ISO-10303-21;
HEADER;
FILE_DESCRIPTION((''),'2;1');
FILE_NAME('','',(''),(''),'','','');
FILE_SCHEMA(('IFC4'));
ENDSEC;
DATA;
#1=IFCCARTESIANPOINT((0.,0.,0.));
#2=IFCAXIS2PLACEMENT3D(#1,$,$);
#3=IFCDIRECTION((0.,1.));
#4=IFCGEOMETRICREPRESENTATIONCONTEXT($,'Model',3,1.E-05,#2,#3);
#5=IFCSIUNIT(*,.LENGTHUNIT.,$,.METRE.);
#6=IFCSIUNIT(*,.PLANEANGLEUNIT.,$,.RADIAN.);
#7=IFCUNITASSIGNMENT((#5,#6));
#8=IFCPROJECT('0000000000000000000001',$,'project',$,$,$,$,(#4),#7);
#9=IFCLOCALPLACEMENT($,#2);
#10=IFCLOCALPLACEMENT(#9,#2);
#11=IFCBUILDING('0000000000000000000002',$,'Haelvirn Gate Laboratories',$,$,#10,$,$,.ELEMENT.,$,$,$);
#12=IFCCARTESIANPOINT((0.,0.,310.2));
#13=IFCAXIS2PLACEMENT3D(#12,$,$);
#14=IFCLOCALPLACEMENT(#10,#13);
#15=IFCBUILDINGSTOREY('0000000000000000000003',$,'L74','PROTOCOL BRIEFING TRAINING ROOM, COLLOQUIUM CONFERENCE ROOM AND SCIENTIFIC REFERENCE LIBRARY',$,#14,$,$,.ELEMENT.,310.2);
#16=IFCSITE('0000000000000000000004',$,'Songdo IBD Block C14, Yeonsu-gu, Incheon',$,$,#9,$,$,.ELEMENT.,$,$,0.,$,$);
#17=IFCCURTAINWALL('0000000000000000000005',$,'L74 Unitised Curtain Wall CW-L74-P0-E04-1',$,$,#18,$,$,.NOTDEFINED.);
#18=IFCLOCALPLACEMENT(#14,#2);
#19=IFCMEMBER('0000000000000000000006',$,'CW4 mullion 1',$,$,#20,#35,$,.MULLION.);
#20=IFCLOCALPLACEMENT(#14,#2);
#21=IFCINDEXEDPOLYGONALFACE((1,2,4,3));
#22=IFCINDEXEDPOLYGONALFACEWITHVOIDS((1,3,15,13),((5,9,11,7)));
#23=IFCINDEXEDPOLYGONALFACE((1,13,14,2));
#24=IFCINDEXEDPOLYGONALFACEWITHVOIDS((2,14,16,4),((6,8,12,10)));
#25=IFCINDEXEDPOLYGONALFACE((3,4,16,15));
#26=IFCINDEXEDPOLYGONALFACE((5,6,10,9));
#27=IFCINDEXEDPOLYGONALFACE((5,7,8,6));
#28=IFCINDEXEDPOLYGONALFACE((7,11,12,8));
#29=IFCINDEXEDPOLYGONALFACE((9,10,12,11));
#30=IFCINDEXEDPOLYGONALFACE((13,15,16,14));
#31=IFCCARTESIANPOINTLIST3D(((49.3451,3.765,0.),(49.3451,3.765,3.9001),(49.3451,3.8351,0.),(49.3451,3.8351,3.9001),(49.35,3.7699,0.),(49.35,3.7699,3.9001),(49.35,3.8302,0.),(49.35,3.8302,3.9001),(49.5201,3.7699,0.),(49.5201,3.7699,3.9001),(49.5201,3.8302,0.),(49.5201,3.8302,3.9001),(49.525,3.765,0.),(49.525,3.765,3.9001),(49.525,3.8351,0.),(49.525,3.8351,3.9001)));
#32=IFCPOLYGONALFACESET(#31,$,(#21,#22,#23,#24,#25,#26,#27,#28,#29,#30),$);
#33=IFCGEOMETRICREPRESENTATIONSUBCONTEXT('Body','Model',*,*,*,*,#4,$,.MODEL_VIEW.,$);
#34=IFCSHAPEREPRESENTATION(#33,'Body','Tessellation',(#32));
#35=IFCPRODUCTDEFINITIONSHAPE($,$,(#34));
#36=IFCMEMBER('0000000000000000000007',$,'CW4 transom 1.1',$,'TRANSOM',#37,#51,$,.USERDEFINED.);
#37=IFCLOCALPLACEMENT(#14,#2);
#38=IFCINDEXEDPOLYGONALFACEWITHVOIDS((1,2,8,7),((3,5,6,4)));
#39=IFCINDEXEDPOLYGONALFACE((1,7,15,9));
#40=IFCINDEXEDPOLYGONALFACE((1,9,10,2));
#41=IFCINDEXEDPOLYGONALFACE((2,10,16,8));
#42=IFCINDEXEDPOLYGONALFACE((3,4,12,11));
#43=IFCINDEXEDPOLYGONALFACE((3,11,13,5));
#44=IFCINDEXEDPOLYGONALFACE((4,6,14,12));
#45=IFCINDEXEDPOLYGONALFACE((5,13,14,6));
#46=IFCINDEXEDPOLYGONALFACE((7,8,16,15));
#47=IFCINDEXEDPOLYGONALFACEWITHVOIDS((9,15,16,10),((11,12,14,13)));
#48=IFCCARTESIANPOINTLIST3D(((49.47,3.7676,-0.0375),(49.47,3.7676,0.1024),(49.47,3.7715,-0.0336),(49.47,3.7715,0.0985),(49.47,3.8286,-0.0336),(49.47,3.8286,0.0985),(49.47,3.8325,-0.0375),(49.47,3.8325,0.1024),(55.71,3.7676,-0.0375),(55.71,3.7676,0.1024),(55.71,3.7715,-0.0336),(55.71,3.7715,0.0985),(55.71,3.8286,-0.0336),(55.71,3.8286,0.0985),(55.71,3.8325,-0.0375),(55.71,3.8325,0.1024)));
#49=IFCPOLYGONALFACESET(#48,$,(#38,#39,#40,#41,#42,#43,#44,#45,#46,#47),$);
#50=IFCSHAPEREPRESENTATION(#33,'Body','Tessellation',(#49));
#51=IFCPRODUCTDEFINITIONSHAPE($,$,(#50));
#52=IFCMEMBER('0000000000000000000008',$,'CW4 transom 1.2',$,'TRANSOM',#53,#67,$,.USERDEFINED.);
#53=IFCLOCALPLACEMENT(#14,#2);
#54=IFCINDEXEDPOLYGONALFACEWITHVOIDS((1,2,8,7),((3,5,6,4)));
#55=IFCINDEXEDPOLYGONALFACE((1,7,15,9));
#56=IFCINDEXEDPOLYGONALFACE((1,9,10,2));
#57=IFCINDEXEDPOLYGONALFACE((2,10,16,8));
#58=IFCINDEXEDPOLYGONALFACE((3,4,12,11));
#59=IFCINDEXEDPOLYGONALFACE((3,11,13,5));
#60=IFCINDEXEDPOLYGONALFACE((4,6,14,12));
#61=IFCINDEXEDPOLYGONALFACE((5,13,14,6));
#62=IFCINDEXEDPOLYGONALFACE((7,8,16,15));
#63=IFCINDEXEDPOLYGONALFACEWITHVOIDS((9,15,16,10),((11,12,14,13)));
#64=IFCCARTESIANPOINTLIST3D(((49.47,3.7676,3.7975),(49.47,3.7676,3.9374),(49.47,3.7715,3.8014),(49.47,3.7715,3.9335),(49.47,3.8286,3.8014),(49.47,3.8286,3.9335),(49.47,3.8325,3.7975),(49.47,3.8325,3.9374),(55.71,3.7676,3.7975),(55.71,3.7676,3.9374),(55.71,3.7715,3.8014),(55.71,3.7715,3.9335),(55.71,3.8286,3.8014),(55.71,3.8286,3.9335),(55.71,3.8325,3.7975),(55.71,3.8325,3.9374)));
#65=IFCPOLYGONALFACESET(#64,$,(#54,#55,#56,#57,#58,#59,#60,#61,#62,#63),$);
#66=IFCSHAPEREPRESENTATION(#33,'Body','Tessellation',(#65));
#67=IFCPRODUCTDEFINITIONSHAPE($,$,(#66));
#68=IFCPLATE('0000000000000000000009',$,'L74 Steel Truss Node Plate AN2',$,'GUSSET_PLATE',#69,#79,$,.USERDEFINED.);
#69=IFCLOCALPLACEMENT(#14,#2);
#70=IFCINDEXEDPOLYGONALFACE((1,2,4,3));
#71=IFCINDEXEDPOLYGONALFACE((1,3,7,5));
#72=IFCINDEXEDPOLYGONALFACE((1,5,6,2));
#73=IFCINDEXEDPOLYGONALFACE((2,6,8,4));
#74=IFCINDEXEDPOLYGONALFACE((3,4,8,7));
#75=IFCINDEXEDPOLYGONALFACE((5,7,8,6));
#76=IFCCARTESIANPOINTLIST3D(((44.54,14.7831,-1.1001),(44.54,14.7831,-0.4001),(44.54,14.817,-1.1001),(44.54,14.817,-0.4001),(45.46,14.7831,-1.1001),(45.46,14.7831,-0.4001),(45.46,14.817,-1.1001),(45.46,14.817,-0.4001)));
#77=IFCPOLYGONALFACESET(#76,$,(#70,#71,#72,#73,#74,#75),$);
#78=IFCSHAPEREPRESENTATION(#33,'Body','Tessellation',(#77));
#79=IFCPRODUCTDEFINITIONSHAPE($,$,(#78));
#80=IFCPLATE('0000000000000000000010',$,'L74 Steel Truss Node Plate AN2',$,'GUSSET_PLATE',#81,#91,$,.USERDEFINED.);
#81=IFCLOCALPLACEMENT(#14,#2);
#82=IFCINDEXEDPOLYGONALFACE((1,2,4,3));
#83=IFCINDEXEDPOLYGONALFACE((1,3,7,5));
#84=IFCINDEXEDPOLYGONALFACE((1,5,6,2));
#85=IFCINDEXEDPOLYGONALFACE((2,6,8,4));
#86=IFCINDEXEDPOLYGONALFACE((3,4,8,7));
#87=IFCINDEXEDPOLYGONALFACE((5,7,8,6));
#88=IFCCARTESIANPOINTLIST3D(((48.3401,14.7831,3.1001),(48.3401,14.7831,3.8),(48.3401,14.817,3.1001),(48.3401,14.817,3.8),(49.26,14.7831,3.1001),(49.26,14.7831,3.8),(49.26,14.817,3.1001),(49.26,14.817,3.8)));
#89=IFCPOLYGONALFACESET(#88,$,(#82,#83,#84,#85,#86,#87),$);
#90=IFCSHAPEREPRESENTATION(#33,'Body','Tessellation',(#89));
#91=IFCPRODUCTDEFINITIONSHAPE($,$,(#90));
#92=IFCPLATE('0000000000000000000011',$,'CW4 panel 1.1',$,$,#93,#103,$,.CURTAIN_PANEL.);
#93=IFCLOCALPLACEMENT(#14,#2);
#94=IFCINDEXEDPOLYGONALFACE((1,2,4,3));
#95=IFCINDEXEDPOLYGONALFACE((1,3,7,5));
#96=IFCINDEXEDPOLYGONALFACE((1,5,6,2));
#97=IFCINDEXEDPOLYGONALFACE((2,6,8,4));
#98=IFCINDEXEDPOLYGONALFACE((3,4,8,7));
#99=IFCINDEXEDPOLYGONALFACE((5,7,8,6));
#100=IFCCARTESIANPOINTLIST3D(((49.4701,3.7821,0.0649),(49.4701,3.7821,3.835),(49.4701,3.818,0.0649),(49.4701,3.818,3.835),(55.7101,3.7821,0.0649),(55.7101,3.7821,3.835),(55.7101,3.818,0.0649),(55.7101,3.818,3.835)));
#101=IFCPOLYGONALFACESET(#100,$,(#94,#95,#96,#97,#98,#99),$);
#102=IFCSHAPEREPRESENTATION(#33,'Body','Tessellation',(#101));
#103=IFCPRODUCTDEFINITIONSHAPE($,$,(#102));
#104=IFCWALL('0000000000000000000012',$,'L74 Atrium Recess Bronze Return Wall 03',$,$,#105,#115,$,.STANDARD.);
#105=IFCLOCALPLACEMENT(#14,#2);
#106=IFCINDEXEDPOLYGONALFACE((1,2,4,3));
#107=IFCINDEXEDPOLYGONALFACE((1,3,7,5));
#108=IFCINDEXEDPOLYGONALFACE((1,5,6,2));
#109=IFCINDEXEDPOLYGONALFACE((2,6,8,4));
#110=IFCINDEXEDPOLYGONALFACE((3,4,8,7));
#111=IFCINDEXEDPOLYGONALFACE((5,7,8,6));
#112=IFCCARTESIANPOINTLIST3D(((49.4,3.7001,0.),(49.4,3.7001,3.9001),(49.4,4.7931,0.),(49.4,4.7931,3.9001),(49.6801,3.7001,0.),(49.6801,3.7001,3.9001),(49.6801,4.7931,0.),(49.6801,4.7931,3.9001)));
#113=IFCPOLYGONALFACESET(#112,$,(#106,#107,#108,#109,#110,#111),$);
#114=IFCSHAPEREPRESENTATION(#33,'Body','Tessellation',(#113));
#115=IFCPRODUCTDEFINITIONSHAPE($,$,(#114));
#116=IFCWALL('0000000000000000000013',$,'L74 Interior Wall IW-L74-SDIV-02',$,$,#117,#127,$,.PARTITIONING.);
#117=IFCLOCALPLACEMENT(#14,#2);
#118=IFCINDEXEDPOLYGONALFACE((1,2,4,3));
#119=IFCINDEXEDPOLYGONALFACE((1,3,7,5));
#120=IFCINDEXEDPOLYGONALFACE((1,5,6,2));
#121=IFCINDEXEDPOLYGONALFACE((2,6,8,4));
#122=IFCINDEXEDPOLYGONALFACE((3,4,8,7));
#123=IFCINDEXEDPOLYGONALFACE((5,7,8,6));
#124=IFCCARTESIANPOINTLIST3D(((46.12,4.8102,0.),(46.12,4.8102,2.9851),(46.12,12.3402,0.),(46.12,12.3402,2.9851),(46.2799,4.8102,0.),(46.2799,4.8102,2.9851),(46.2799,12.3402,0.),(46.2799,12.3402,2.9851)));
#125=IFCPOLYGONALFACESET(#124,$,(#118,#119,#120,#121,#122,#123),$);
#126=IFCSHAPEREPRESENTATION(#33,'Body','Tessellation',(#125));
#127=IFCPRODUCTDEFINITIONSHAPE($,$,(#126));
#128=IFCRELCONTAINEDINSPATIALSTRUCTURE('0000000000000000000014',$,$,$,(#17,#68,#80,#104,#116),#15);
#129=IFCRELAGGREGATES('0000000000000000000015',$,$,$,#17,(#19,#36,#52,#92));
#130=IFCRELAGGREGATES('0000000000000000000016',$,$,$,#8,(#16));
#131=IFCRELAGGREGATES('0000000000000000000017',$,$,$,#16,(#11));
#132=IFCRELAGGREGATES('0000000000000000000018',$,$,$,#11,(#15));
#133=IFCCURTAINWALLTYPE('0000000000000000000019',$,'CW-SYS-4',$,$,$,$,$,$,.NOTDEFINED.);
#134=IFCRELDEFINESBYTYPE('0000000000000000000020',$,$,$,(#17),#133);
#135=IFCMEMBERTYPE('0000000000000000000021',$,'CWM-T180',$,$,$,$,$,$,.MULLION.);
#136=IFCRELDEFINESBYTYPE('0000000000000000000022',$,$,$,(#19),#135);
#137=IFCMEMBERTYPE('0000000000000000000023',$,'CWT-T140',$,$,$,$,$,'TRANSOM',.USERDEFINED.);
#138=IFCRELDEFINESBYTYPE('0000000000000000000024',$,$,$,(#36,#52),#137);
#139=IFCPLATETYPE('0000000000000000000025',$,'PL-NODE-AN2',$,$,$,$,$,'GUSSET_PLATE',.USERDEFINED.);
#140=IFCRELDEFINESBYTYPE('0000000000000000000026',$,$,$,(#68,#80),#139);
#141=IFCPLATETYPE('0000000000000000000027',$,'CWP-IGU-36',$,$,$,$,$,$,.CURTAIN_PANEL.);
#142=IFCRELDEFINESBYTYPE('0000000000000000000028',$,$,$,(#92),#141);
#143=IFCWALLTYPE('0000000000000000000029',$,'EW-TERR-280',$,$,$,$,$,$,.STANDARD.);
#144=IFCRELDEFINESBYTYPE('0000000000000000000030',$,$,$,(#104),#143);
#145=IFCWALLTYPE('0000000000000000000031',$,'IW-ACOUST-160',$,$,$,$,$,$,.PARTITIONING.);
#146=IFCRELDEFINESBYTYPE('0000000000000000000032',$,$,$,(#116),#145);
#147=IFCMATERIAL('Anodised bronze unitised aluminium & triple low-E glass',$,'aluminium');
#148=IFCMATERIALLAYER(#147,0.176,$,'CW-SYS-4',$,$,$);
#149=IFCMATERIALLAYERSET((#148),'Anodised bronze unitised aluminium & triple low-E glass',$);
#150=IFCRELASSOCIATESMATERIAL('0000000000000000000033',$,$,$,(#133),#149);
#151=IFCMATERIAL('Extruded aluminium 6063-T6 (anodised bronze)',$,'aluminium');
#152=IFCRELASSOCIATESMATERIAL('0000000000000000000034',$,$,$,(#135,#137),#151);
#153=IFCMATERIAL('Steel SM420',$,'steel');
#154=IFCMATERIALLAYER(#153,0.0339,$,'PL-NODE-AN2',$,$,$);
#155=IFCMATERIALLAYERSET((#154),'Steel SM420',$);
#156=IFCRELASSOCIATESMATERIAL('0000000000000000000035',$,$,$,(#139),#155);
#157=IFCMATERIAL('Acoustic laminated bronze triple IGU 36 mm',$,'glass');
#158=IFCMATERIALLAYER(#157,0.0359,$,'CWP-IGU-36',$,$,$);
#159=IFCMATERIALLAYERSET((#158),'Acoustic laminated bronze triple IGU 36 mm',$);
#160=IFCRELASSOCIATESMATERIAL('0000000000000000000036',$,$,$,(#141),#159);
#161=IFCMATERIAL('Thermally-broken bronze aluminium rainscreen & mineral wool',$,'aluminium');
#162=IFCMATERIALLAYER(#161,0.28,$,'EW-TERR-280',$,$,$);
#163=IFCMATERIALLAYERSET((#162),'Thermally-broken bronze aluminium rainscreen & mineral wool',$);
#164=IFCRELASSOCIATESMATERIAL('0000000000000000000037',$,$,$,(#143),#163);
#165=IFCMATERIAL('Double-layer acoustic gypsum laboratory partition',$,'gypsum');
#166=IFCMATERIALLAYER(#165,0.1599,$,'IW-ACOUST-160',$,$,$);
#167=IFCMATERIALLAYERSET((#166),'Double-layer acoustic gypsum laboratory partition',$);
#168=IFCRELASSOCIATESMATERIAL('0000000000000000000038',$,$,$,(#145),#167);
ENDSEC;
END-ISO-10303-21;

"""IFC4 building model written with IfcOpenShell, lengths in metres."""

from ifc_helpers import new_model, si_unit, direction, frame, frame_2d, origin, origin_2d, place, context, subcontext, project, spatial, rectangle, hollow_rectangle, extrude, source, transform, mapped, material, layer, layer_set, material_profile, profile_set, type_object, type_shapes, element, aggregate, save


model = new_model("IFC4")

# Units and contexts
model_context = context("Model", 3, precision=1e-05, world=origin(), true_north=direction((0.0, 1.0)))
body_context = subcontext(model_context, "Body", "Model", "MODEL_VIEW")
ifc_project = project(units=[si_unit("LENGTHUNIT", "METRE"), si_unit("PLANEANGLEUNIT", "RADIAN")], contexts=[model_context])

# Site, building, storey
site_placement = place(None, origin())
site = spatial("IfcSite", under=ifc_project, at=site_placement, Name="Songdo IBD Block C14, Yeonsu-gu, Incheon", CompositionType="ELEMENT", RefElevation=0.0)
building_placement = place(site_placement, origin())
building = spatial("IfcBuilding", under=site, at=building_placement, Name="Haelvirn Gate Laboratories", CompositionType="ELEMENT")
storey_placement = place(building_placement, frame((0.0, 0.0, 310.2)))
storey = spatial("IfcBuildingStorey", under=building, at=storey_placement, Name="L74", Description="PROTOCOL BRIEFING TRAINING ROOM, COLLOQUIUM CONFERENCE ROOM AND SCIENTIFIC REFERENCE LIBRARY", CompositionType="ELEMENT", Elevation=310.2)

# Shared definitions
ifc_material_1 = material(Name="Steel SM420", Category="steel")

# Shared definitions
ifc_material_2 = material(Name="Anodised bronze unitised aluminium & triple low-E glass", Category="aluminium")
ifc_layer_1 = layer(ifc_material_2, 0.176, Name="CW-SYS-4")
ifc_layer_set_1 = layer_set([ifc_layer_1], Name="Anodised bronze unitised aluminium & triple low-E glass")
curtain_wall_type = type_object("IfcCurtainWallType", Name="CW-SYS-4", PredefinedType="NOTDEFINED", material=ifc_layer_set_1)
ifc_material_3 = material(Name="Extruded aluminium 6063-T6 (anodised bronze)", Category="aluminium")
ifc_material_profile_1 = material_profile(ifc_material_3, hollow_rectangle(XDim=0.0701, YDim=0.1799, WallThickness=0.0049, at=origin_2d()), Name="CWM-180x70x5")
ifc_profile_set_1 = profile_set([ifc_material_profile_1], Name="Extruded aluminium 6063-T6 (anodised bronze)")
member_type_1 = type_object("IfcMemberType", Name="CWM-T180", PredefinedType="MULLION", material=ifc_profile_set_1)
shared_shape_1 = source(origin(), body_context, "Body", "SweptSolid", [
    extrude(hollow_rectangle(XDim=0.0701, YDim=0.1799, WallThickness=0.0049, at=origin_2d()), origin(), (0.0, 0.0, 1.0), 3.9001),
])
type_shapes(member_type_1, [shared_shape_1])

# Curtain wall, members
curtain_wall_1_placement = place(storey_placement, origin())
curtain_wall_1 = element("IfcCurtainWall", 1, at=curtain_wall_1_placement, inside=storey, type_object=curtain_wall_type, Name="L74 Unitised Curtain Wall CW-L74-P0-E04-1", PredefinedType="NOTDEFINED")
member_1_placement = place(storey_placement, frame((49.4351, 3.8, 0.0), z_axis=(0.0, 0.0, 1.0), x_axis=(0.0, 1.0, 0.0)))
member_1 = element("IfcMember", 2, at=member_1_placement, type_object=member_type_1, Name="CW4 mullion 1", PredefinedType="MULLION", context=body_context, shape_type="MappedRepresentation", body=[
    mapped(shared_shape_1, transform((0.0, 0.0, 0.0), scale=1.0)),
])
ifc_material_profile_2 = material_profile(ifc_material_3, hollow_rectangle(XDim=0.0649, YDim=0.1399, WallThickness=0.0039, at=origin_2d()), Name="CWT-140x65x4")
ifc_profile_set_2 = profile_set([ifc_material_profile_2], Name="Extruded aluminium 6063-T6 (anodised bronze)")
member_type_2 = type_object("IfcMemberType", Name="CWT-T140", ElementType="TRANSOM", PredefinedType="USERDEFINED", material=ifc_profile_set_2)
shared_shape_2 = source(origin(), body_context, "Body", "SweptSolid", [
    extrude(hollow_rectangle(XDim=0.0649, YDim=0.1399, WallThickness=0.0039, at=origin_2d()), origin(), (0.0, 0.0, 1.0), 6.24),
])
type_shapes(member_type_2, [shared_shape_2])
member_2_placement = place(storey_placement, frame((49.47, 3.8, 0.0325), z_axis=(1.0, 0.0, 0.0), x_axis=(0.0, 1.0, 0.0)))
member_2 = element("IfcMember", 3, at=member_2_placement, type_object=member_type_2, Name="CW4 transom 1.1", ObjectType="TRANSOM", PredefinedType="USERDEFINED", context=body_context, shape_type="MappedRepresentation", body=[
    mapped(shared_shape_2, transform((0.0, 0.0, 0.0), scale=1.0)),
])
member_3_placement = place(storey_placement, frame((49.47, 3.8, 3.8674), z_axis=(1.0, 0.0, 0.0), x_axis=(0.0, 1.0, 0.0)))
member_3 = element("IfcMember", 4, at=member_3_placement, type_object=member_type_2, Name="CW4 transom 1.2", ObjectType="TRANSOM", PredefinedType="USERDEFINED", context=body_context, shape_type="MappedRepresentation", body=[
    mapped(shared_shape_2, transform((0.0, 0.0, 0.0), scale=1.0)),
])

# Plates
ifc_layer_2 = layer(ifc_material_1, 0.0339, Name="PL-NODE-AN2")
ifc_layer_set_2 = layer_set([ifc_layer_2], Name="Steel SM420")
plate_type_1 = type_object("IfcPlateType", Name="PL-NODE-AN2", ElementType="GUSSET_PLATE", PredefinedType="USERDEFINED", material=ifc_layer_set_2)
shared_shape_3 = source(origin(), body_context, "Body", "SweptSolid", [
    extrude(rectangle(XDim=0.9199, YDim=0.0339, at=origin_2d()), origin(), (0.0, 0.0, 1.0), 0.7),
])
type_shapes(plate_type_1, [shared_shape_3])
for number, where, z_axis, x_axis, name in (
    (5, (45.0, 14.8, -1.1001), (0.0, 0.0, 1.0), (1.0, 0.0, 0.0), "L74 Steel Truss Node Plate AN2"),
    (6, (48.8, 14.8, 3.1001), (0.0, 0.0, 1.0), (1.0, 0.0, 0.0), "L74 Steel Truss Node Plate AN2"),
):
    element("IfcPlate", number, at=place(storey_placement, frame(where, z_axis=z_axis, x_axis=x_axis)), inside=storey, type_object=plate_type_1, Name=name, ObjectType="GUSSET_PLATE", PredefinedType="USERDEFINED", context=body_context, shape_type="MappedRepresentation", body=[
        mapped(shared_shape_3, transform((0.0, 0.0, 0.0), scale=1.0)),
    ])

# Plate
ifc_material_4 = material(Name="Acoustic laminated bronze triple IGU 36 mm", Category="glass")
ifc_layer_3 = layer(ifc_material_4, 0.0359, Name="CWP-IGU-36")
ifc_layer_set_3 = layer_set([ifc_layer_3], Name="Acoustic laminated bronze triple IGU 36 mm")
plate_type_2 = type_object("IfcPlateType", Name="CWP-IGU-36", PredefinedType="CURTAIN_PANEL", material=ifc_layer_set_3)
shared_shape_4 = source(origin(), body_context, "Body", "SweptSolid", [
    extrude(rectangle(XDim=6.24, YDim=0.0359, at=origin_2d()), origin(), (0.0, 0.0, 1.0), 3.77),
])
type_shapes(plate_type_2, [shared_shape_4])
plate_placement = place(storey_placement, frame((52.5901, 3.8, 0.0649), z_axis=(0.0, 0.0, 1.0), x_axis=(1.0, 0.0, 0.0)))
plate = element("IfcPlate", 7, at=plate_placement, type_object=plate_type_2, Name="CW4 panel 1.1", PredefinedType="CURTAIN_PANEL", context=body_context, shape_type="MappedRepresentation", body=[
    mapped(shared_shape_4, transform((0.0, 0.0, 0.0), scale=1.0)),
])
aggregate(curtain_wall_1, [member_1, member_2, member_3, plate])

# Walls
ifc_material_5 = material(Name="Thermally-broken bronze aluminium rainscreen & mineral wool", Category="aluminium")
ifc_layer_4 = layer(ifc_material_5, 0.28, Name="EW-TERR-280")
ifc_layer_set_4 = layer_set([ifc_layer_4], Name="Thermally-broken bronze aluminium rainscreen & mineral wool")
wall_type_1 = type_object("IfcWallType", Name="EW-TERR-280", PredefinedType="STANDARD", material=ifc_layer_set_4)
wall_1_placement = place(storey_placement, frame((49.54, 4.793, 0.0), z_axis=(0.0, 0.0, 1.0), x_axis=(0.0, -1.0, 0.0)))
element("IfcWall", 8, at=wall_1_placement, inside=storey, type_object=wall_type_1, Name="L74 Atrium Recess Bronze Return Wall 03", PredefinedType="STANDARD", context=body_context, shape_type="SweptSolid", body=[
    extrude(rectangle(XDim=1.093, YDim=0.28, at=frame_2d((0.5464, 0.0))), origin(), (0.0, 0.0, 1.0), 3.9001),
])
ifc_material_6 = material(Name="Double-layer acoustic gypsum laboratory partition", Category="gypsum")
ifc_layer_5 = layer(ifc_material_6, 0.1599, Name="IW-ACOUST-160")
ifc_layer_set_5 = layer_set([ifc_layer_5], Name="Double-layer acoustic gypsum laboratory partition")
wall_type_2 = type_object("IfcWallType", Name="IW-ACOUST-160", PredefinedType="PARTITIONING", material=ifc_layer_set_5)
wall_2_placement = place(storey_placement, frame((46.2, 4.8101, 0.0), z_axis=(0.0, 0.0, 1.0), x_axis=(0.0, 1.0, 0.0)))
element("IfcWall", 9, at=wall_2_placement, inside=storey, type_object=wall_type_2, Name="L74 Interior Wall IW-L74-SDIV-02", PredefinedType="PARTITIONING", context=body_context, shape_type="SweptSolid", body=[
    extrude(rectangle(XDim=7.53, YDim=0.1599, at=frame_2d((3.7651, 0.0))), origin(), (0.0, 0.0, 1.0), 2.9851),
])

save(model, "model.ifc")
